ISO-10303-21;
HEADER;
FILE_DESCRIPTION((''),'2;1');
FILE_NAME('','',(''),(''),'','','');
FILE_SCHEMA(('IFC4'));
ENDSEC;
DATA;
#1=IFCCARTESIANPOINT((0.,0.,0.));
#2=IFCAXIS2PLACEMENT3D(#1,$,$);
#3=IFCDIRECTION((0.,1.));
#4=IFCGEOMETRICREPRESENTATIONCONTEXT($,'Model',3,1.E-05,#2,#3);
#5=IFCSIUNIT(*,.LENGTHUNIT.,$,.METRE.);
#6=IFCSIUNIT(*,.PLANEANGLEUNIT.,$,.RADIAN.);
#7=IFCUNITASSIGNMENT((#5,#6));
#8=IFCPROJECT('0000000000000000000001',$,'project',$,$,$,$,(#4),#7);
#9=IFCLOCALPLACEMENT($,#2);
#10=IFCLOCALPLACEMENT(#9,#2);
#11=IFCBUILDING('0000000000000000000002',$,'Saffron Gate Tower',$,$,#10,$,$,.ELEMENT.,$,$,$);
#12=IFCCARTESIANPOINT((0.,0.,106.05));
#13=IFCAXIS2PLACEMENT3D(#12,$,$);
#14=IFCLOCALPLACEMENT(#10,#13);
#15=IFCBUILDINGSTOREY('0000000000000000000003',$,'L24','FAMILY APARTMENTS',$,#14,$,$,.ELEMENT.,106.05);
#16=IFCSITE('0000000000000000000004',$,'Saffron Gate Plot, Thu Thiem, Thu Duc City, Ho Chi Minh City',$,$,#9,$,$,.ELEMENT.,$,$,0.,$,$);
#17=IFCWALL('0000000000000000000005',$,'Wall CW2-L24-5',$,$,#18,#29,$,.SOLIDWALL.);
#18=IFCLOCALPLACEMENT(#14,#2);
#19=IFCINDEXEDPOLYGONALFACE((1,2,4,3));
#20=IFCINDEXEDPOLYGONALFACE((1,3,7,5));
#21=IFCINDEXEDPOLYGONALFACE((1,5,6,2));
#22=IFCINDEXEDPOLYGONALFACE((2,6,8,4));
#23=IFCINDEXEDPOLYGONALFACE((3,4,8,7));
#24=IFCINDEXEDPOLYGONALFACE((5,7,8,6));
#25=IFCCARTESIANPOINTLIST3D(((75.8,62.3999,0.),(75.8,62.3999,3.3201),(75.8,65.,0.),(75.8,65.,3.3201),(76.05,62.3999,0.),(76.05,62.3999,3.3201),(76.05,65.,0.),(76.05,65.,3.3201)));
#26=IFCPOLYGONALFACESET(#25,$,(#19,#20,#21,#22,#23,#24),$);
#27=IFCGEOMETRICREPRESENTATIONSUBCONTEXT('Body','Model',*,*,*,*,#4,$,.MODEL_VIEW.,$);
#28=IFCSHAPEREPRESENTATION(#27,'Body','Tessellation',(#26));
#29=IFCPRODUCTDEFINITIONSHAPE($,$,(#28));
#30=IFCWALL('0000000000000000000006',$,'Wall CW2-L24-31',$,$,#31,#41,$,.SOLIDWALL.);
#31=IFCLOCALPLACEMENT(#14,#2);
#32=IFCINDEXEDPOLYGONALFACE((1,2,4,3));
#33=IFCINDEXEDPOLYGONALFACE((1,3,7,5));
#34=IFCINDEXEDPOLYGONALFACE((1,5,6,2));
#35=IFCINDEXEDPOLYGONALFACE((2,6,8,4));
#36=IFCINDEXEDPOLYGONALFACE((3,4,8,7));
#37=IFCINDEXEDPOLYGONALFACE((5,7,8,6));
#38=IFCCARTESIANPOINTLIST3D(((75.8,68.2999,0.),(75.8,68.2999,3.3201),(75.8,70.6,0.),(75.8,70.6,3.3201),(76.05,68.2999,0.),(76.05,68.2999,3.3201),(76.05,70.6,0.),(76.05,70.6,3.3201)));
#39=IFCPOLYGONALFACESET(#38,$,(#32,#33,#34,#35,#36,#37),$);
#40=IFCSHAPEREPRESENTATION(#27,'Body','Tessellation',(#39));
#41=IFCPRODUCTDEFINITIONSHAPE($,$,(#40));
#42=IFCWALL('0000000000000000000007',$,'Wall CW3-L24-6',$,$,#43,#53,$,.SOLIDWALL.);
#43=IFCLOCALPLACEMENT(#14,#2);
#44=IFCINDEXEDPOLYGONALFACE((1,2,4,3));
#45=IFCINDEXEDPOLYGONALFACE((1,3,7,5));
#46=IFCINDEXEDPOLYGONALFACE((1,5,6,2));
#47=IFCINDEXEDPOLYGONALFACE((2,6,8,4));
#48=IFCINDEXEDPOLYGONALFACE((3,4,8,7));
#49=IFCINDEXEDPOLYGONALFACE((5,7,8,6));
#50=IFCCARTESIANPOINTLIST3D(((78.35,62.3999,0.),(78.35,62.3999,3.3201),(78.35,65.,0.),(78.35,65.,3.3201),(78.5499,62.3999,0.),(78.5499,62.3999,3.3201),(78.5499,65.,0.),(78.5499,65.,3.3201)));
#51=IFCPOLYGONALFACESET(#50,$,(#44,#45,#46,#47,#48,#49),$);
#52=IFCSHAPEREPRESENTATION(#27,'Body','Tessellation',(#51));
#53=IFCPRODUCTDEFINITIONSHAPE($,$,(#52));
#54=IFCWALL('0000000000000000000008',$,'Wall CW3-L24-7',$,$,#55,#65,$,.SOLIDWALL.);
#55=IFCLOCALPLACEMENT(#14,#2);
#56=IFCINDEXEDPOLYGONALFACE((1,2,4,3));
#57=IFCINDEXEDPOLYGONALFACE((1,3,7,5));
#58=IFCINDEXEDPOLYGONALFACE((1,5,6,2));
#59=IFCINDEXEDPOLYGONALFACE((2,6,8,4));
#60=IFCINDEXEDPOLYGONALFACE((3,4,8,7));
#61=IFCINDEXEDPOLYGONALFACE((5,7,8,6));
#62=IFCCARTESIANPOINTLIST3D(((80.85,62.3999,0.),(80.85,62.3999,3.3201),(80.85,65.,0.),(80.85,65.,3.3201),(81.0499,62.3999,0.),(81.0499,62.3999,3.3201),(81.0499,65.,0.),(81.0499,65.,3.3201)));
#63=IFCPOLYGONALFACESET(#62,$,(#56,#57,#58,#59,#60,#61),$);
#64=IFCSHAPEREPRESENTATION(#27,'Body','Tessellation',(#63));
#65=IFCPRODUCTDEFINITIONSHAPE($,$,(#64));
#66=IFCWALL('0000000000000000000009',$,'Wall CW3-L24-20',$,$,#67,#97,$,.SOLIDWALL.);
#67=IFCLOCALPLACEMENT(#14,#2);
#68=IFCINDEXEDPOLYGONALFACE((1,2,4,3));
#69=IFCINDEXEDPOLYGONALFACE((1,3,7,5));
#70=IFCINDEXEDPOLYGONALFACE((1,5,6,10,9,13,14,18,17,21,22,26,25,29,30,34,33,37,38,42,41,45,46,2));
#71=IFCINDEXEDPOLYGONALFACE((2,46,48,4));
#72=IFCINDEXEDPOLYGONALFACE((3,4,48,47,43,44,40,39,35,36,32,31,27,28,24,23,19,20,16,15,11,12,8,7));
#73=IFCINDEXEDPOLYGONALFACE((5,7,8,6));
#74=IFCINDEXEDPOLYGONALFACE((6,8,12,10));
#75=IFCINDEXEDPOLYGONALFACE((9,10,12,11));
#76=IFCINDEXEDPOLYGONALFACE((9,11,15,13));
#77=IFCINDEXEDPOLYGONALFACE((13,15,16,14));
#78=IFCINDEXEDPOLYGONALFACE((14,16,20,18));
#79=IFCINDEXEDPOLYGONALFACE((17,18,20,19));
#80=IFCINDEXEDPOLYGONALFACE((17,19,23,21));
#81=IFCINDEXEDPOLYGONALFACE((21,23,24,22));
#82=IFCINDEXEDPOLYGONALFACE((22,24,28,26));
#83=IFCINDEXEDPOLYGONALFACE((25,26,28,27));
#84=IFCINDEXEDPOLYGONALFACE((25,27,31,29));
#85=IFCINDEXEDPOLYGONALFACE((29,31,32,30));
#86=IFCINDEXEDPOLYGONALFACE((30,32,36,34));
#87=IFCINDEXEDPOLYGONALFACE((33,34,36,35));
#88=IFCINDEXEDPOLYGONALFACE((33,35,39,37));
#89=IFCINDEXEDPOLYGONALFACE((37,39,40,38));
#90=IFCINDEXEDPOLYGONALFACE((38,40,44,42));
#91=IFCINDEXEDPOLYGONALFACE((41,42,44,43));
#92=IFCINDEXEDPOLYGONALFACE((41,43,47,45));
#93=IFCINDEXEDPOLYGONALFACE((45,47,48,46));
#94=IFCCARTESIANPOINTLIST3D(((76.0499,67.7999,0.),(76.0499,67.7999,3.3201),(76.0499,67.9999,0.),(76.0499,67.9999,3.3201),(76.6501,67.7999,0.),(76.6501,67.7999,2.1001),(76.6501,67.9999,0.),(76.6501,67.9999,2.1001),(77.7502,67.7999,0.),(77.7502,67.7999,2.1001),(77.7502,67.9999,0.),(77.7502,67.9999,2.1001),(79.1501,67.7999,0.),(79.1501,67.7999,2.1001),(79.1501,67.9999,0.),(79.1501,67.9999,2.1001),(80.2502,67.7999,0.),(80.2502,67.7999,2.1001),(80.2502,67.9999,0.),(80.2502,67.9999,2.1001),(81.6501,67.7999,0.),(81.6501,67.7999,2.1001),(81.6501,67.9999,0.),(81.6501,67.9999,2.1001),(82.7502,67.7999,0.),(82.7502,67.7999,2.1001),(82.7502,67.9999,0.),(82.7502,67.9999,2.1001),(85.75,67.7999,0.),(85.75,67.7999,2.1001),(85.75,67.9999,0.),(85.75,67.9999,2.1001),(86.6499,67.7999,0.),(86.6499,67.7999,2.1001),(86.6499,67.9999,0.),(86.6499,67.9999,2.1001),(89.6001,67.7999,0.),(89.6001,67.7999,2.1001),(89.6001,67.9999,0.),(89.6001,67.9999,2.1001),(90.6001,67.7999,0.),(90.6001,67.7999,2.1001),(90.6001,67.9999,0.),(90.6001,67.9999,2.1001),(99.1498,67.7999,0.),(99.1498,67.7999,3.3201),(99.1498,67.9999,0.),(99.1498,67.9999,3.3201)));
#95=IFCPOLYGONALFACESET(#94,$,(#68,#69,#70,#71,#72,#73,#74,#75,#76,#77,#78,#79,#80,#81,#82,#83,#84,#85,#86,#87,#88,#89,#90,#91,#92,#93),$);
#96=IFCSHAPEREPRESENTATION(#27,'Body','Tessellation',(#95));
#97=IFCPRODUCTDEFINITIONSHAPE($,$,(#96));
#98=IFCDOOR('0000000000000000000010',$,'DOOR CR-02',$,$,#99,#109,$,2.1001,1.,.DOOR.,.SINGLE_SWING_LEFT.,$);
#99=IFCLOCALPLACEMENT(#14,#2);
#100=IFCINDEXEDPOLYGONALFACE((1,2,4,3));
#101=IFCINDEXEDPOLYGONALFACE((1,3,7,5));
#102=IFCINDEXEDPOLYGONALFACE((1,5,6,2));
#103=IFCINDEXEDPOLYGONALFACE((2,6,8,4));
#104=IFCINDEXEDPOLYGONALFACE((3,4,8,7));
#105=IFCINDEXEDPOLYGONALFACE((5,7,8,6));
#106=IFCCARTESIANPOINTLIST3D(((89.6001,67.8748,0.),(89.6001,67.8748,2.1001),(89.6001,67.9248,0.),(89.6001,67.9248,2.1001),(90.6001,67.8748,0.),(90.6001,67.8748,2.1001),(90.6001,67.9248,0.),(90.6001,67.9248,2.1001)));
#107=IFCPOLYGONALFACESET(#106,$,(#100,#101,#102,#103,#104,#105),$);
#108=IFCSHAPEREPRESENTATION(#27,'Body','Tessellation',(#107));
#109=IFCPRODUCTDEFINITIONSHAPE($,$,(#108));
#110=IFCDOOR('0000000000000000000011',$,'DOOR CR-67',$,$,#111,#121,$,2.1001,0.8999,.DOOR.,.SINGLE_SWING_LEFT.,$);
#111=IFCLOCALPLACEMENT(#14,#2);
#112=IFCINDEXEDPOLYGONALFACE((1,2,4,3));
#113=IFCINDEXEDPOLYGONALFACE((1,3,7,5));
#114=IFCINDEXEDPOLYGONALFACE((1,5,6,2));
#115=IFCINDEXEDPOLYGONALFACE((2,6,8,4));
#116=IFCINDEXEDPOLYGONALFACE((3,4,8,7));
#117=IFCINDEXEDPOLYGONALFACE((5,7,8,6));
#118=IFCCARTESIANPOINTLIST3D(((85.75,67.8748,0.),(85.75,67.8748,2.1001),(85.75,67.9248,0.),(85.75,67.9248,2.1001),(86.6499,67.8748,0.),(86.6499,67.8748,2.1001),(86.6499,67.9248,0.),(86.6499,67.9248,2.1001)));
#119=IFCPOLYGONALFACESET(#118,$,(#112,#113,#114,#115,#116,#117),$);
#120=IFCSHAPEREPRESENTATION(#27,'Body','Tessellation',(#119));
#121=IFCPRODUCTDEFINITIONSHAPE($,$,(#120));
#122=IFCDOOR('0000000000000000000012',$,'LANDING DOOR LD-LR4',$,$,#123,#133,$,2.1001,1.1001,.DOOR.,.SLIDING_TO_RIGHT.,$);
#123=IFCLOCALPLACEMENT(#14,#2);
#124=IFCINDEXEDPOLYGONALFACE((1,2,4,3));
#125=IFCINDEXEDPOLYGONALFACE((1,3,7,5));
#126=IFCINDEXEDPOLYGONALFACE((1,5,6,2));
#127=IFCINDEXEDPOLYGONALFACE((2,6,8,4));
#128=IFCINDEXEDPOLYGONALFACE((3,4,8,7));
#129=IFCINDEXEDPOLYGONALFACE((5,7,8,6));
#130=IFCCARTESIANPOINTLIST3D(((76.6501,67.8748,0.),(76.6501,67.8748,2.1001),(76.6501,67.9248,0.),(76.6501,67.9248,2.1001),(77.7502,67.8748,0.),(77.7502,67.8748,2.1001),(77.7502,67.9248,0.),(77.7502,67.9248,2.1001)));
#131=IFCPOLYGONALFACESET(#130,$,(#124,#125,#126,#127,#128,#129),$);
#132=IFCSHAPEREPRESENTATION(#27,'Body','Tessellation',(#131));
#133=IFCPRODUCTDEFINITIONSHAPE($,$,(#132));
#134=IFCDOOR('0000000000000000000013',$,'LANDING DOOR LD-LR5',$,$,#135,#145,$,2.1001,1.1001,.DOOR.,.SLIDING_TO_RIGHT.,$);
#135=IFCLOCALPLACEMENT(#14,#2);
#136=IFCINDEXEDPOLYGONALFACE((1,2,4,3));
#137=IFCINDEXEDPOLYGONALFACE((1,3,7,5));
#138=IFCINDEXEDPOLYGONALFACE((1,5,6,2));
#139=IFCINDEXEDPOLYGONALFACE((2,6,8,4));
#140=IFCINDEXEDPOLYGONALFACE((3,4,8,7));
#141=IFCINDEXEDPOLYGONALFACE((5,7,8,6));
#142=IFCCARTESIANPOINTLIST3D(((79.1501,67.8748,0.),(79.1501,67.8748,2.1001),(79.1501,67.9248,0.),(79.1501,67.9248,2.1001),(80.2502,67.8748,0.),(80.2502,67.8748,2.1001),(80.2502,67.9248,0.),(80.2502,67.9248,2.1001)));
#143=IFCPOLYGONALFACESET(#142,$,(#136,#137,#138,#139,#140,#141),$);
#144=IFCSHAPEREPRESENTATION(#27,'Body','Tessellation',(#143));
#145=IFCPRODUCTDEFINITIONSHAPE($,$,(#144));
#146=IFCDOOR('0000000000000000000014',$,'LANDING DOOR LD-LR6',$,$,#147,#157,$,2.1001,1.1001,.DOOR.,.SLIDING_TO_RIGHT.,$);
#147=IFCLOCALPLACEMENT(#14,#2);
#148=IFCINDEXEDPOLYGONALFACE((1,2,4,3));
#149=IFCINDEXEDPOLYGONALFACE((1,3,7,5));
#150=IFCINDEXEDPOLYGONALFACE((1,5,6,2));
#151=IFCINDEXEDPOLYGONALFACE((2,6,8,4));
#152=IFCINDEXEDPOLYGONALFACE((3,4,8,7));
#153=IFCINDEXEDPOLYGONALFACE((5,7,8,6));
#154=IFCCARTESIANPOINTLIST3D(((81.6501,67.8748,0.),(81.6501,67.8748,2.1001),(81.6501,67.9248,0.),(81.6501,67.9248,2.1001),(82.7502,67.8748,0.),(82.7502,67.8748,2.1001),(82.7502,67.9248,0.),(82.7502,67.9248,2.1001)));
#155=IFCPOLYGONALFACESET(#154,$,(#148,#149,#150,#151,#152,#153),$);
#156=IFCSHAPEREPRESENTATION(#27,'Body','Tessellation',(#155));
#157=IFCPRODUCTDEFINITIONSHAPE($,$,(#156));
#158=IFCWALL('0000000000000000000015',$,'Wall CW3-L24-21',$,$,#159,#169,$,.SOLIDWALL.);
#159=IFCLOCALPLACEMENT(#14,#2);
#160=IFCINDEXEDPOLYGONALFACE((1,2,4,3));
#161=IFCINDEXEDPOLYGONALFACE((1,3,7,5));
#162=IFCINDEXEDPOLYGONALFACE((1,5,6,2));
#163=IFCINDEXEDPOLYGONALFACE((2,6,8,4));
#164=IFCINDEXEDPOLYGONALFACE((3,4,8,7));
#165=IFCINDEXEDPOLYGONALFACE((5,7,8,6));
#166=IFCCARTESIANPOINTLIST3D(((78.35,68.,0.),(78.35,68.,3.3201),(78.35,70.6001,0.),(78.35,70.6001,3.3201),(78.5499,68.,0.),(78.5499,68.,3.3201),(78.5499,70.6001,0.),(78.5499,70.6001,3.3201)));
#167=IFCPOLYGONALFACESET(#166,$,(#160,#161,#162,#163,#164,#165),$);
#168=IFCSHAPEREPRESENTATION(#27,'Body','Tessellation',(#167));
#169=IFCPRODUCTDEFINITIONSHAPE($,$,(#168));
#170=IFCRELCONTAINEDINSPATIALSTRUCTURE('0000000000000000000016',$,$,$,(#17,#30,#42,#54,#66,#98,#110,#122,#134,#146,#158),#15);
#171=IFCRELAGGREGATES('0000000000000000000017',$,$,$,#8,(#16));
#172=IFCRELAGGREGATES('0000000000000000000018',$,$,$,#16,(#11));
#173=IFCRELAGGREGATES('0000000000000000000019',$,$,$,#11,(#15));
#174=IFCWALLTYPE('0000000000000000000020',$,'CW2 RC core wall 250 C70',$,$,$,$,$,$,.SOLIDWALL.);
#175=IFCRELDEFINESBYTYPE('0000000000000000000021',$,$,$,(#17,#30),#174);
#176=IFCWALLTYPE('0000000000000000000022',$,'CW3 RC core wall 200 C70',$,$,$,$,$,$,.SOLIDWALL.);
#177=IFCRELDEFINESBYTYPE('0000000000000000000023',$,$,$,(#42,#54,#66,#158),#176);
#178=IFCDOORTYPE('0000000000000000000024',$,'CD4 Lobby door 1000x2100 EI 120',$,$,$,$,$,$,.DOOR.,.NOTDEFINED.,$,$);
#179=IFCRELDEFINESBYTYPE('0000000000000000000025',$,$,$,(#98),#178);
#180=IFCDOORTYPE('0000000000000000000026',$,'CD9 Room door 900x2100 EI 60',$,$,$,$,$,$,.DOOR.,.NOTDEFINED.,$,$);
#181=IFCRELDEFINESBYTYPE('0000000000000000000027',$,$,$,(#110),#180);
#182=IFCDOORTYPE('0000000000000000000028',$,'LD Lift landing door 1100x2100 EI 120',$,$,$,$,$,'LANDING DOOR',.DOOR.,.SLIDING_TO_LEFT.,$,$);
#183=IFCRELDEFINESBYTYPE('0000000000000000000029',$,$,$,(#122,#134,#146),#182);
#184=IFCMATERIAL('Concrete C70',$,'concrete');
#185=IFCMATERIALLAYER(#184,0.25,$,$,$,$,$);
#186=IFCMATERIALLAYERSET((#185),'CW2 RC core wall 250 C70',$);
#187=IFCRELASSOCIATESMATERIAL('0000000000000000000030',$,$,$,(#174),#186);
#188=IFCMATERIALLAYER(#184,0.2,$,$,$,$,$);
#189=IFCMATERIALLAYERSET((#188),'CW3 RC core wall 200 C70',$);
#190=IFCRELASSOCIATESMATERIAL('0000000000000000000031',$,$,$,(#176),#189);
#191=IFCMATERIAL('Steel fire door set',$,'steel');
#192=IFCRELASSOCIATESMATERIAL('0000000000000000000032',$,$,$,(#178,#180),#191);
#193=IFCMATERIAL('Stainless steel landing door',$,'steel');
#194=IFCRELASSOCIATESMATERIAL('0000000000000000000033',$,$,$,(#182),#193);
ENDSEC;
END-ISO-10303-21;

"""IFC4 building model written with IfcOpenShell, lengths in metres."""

from ifc_helpers import new_model, si_unit, direction, frame, frame_2d, origin, place, context, subcontext, project, spatial, rectangle, extrude, material, layer, layer_set, type_object, element, fill, save


model = new_model("IFC4")

# Units and contexts
model_context = context("Model", 3, precision=1e-05, world=origin(), true_north=direction((0.0, 1.0)))
body_context = subcontext(model_context, "Body", "Model", "MODEL_VIEW")
ifc_project = project(units=[si_unit("LENGTHUNIT", "METRE"), si_unit("PLANEANGLEUNIT", "RADIAN")], contexts=[model_context])

# Site, building, storey
site_placement = place(None, origin())
site = spatial("IfcSite", under=ifc_project, at=site_placement, Name="Saffron Gate Plot, Thu Thiem, Thu Duc City, Ho Chi Minh City", CompositionType="ELEMENT", RefElevation=0.0)
building_placement = place(site_placement, origin())
building = spatial("IfcBuilding", under=site, at=building_placement, Name="Saffron Gate Tower", CompositionType="ELEMENT")
storey_placement = place(building_placement, frame((0.0, 0.0, 106.05)))
storey = spatial("IfcBuildingStorey", under=building, at=storey_placement, Name="L24", Description="FAMILY APARTMENTS", CompositionType="ELEMENT", Elevation=106.05)

# Walls
ifc_material_1 = material(Name="Concrete C70", Category="concrete")
ifc_layer_1 = layer(ifc_material_1, 0.25)
ifc_layer_set_1 = layer_set([ifc_layer_1], Name="CW2 RC core wall 250 C70")
wall_type_1 = type_object("IfcWallType", Name="CW2 RC core wall 250 C70", PredefinedType="SOLIDWALL", material=ifc_layer_set_1)
wall_1_placement = place(storey_placement, frame((75.925, 62.3999, 0.0), z_axis=(0.0, 0.0, 1.0), x_axis=(0.0, 1.0, 0.0)))
element("IfcWall", 1, at=wall_1_placement, inside=storey, type_object=wall_type_1, Name="Wall CW2-L24-5", PredefinedType="SOLIDWALL", context=body_context, shape_type="SweptSolid", body=[
    extrude(rectangle(XDim=2.6001, YDim=0.25, at=frame_2d((1.3, 0.0))), origin(), (0.0, 0.0, 1.0), 3.3201),
])
wall_2_placement = place(storey_placement, frame((75.925, 68.3, 0.0), z_axis=(0.0, 0.0, 1.0), x_axis=(0.0, 1.0, 0.0)))
element("IfcWall", 2, at=wall_2_placement, inside=storey, type_object=wall_type_1, Name="Wall CW2-L24-31", PredefinedType="SOLIDWALL", context=body_context, shape_type="SweptSolid", body=[
    extrude(rectangle(XDim=2.3, YDim=0.25, at=frame_2d((1.1499, 0.0))), origin(), (0.0, 0.0, 1.0), 3.3201),
])
ifc_layer_2 = layer(ifc_material_1, 0.2)
ifc_layer_set_2 = layer_set([ifc_layer_2], Name="CW3 RC core wall 200 C70")
wall_type_2 = type_object("IfcWallType", Name="CW3 RC core wall 200 C70", PredefinedType="SOLIDWALL", material=ifc_layer_set_2)
for number, where, z_axis, x_axis, name in (
    (3, (78.45, 62.3999, 0.0), (0.0, 0.0, 1.0), (0.0, 1.0, 0.0), "Wall CW3-L24-6"),
    (4, (80.95, 62.3999, 0.0), (0.0, 0.0, 1.0), (0.0, 1.0, 0.0), "Wall CW3-L24-7"),
):
    element("IfcWall", number, at=place(storey_placement, frame(where, z_axis=z_axis, x_axis=x_axis)), inside=storey, type_object=wall_type_2, Name=name, PredefinedType="SOLIDWALL", context=body_context, shape_type="SweptSolid", body=[
        extrude(rectangle(XDim=2.6001, YDim=0.2, at=frame_2d((1.3, 0.0))), origin(), (0.0, 0.0, 1.0), 3.3201),
    ])

# Wall, openings, doors
wall_3_placement = place(storey_placement, frame((76.05, 67.8999, 0.0), z_axis=(0.0, 0.0, 1.0), x_axis=(1.0, 0.0, 0.0)))
wall_3 = element("IfcWall", 5, at=wall_3_placement, inside=storey, type_object=wall_type_2, Name="Wall CW3-L24-20", PredefinedType="SOLIDWALL", context=body_context, shape_type="SweptSolid", body=[
    extrude(rectangle(XDim=23.0999, YDim=0.2, at=frame_2d((11.5498, 0.0))), origin(), (0.0, 0.0, 1.0), 3.3201),
])
opening_1_placement = place(wall_3_placement, frame((0.6001, 0.0, 0.0)))
opening_1 = element("IfcOpeningElement", 6, at=opening_1_placement, cuts=wall_3, PredefinedType="OPENING", context=body_context, shape_type="SweptSolid", body=[
    extrude(rectangle(XDim=1.1001, YDim=2.1001, at=frame_2d((0.55, 1.05))), frame((0.0, 0.1099, 0.0), z_axis=(0.0, -1.0, 0.0), x_axis=(1.0, 0.0, 0.0)), (0.0, 0.0, 1.0), 0.22),
])
opening_2_placement = place(wall_3_placement, frame((3.1001, 0.0, 0.0)))
opening_2 = element("IfcOpeningElement", 7, at=opening_2_placement, cuts=wall_3, PredefinedType="OPENING", context=body_context, shape_type="SweptSolid", body=[
    extrude(rectangle(XDim=1.1001, YDim=2.1001, at=frame_2d((0.55, 1.05))), frame((0.0, 0.1099, 0.0), z_axis=(0.0, -1.0, 0.0), x_axis=(1.0, 0.0, 0.0)), (0.0, 0.0, 1.0), 0.22),
])
opening_3_placement = place(wall_3_placement, frame((5.6001, 0.0, 0.0)))
opening_3 = element("IfcOpeningElement", 8, at=opening_3_placement, cuts=wall_3, PredefinedType="OPENING", context=body_context, shape_type="SweptSolid", body=[
    extrude(rectangle(XDim=1.1001, YDim=2.1001, at=frame_2d((0.55, 1.05))), frame((0.0, 0.1099, 0.0), z_axis=(0.0, -1.0, 0.0), x_axis=(1.0, 0.0, 0.0)), (0.0, 0.0, 1.0), 0.22),
])
opening_4_placement = place(wall_3_placement, frame((9.7, 0.0, 0.0)))
opening_4 = element("IfcOpeningElement", 9, at=opening_4_placement, cuts=wall_3, PredefinedType="OPENING", context=body_context, shape_type="SweptSolid", body=[
    extrude(rectangle(XDim=0.8999, YDim=2.1001, at=frame_2d((0.45, 1.05))), frame((0.0, 0.1099, 0.0), z_axis=(0.0, -1.0, 0.0), x_axis=(1.0, 0.0, 0.0)), (0.0, 0.0, 1.0), 0.22),
])
opening_5_placement = place(wall_3_placement, frame((13.55, 0.0, 0.0)))
opening_5 = element("IfcOpeningElement", 10, at=opening_5_placement, cuts=wall_3, PredefinedType="OPENING", context=body_context, shape_type="SweptSolid", body=[
    extrude(rectangle(XDim=1.0, YDim=2.1001, at=frame_2d((0.5, 1.05))), frame((0.0, 0.1099, 0.0), z_axis=(0.0, -1.0, 0.0), x_axis=(1.0, 0.0, 0.0)), (0.0, 0.0, 1.0), 0.22),
])
ifc_material_2 = material(Name="Steel fire door set", Category="steel")
door_type_1 = type_object("IfcDoorType", Name="CD4 Lobby door 1000x2100 EI 120", OperationType="NOTDEFINED", PredefinedType="DOOR", material=ifc_material_2)
door_1_placement = place(opening_5_placement, origin())
door_1 = element("IfcDoor", 11, at=door_1_placement, inside=storey, type_object=door_type_1, Name="DOOR CR-02", OperationType="SINGLE_SWING_LEFT", OverallHeight=2.1001, OverallWidth=1.0, PredefinedType="DOOR", context=body_context, shape_type="SweptSolid", body=[
    extrude(rectangle(XDim=1.0, YDim=2.1001, at=frame_2d((0.5, 1.05))), frame((0.0, 0.0249, 0.0), z_axis=(0.0, -1.0, 0.0), x_axis=(1.0, 0.0, 0.0)), (0.0, 0.0, 1.0), 0.05),
])
fill(opening_5, door_1)
door_type_2 = type_object("IfcDoorType", Name="CD9 Room door 900x2100 EI 60", OperationType="NOTDEFINED", PredefinedType="DOOR", material=ifc_material_2)
door_2_placement = place(opening_4_placement, origin())
door_2 = element("IfcDoor", 12, at=door_2_placement, inside=storey, type_object=door_type_2, Name="DOOR CR-67", OperationType="SINGLE_SWING_LEFT", OverallHeight=2.1001, OverallWidth=0.8999, PredefinedType="DOOR", context=body_context, shape_type="SweptSolid", body=[
    extrude(rectangle(XDim=0.8999, YDim=2.1001, at=frame_2d((0.45, 1.05))), frame((0.0, 0.0249, 0.0), z_axis=(0.0, -1.0, 0.0), x_axis=(1.0, 0.0, 0.0)), (0.0, 0.0, 1.0), 0.05),
])
fill(opening_4, door_2)
ifc_material_3 = material(Name="Stainless steel landing door", Category="steel")
door_type_3 = type_object("IfcDoorType", Name="LD Lift landing door 1100x2100 EI 120", ElementType="LANDING DOOR", OperationType="SLIDING_TO_LEFT", PredefinedType="DOOR", material=ifc_material_3)
door_3_placement = place(opening_1_placement, origin())
door_3 = element("IfcDoor", 13, at=door_3_placement, inside=storey, type_object=door_type_3, Name="LANDING DOOR LD-LR4", OperationType="SLIDING_TO_RIGHT", OverallHeight=2.1001, OverallWidth=1.1001, PredefinedType="DOOR", context=body_context, shape_type="SweptSolid", body=[
    extrude(rectangle(XDim=1.1001, YDim=2.1001, at=frame_2d((0.55, 1.05))), frame((0.0, 0.0249, 0.0), z_axis=(0.0, -1.0, 0.0), x_axis=(1.0, 0.0, 0.0)), (0.0, 0.0, 1.0), 0.05),
])
fill(opening_1, door_3)
door_4_placement = place(opening_2_placement, origin())
door_4 = element("IfcDoor", 14, at=door_4_placement, inside=storey, type_object=door_type_3, Name="LANDING DOOR LD-LR5", OperationType="SLIDING_TO_RIGHT", OverallHeight=2.1001, OverallWidth=1.1001, PredefinedType="DOOR", context=body_context, shape_type="SweptSolid", body=[
    extrude(rectangle(XDim=1.1001, YDim=2.1001, at=frame_2d((0.55, 1.05))), frame((0.0, 0.0249, 0.0), z_axis=(0.0, -1.0, 0.0), x_axis=(1.0, 0.0, 0.0)), (0.0, 0.0, 1.0), 0.05),
])
fill(opening_2, door_4)
door_5_placement = place(opening_3_placement, origin())
door_5 = element("IfcDoor", 15, at=door_5_placement, inside=storey, type_object=door_type_3, Name="LANDING DOOR LD-LR6", OperationType="SLIDING_TO_RIGHT", OverallHeight=2.1001, OverallWidth=1.1001, PredefinedType="DOOR", context=body_context, shape_type="SweptSolid", body=[
    extrude(rectangle(XDim=1.1001, YDim=2.1001, at=frame_2d((0.55, 1.05))), frame((0.0, 0.0249, 0.0), z_axis=(0.0, -1.0, 0.0), x_axis=(1.0, 0.0, 0.0)), (0.0, 0.0, 1.0), 0.05),
])
fill(opening_3, door_5)

# Wall
for number, where, z_axis, x_axis, name in (
    (16, (78.45, 68.0, 0.0), (0.0, 0.0, 1.0), (0.0, 1.0, 0.0), "Wall CW3-L24-21"),
):
    element("IfcWall", number, at=place(storey_placement, frame(where, z_axis=z_axis, x_axis=x_axis)), inside=storey, type_object=wall_type_2, Name=name, PredefinedType="SOLIDWALL", context=body_context, shape_type="SweptSolid", body=[
        extrude(rectangle(XDim=2.6001, YDim=0.2, at=frame_2d((1.3, 0.0))), origin(), (0.0, 0.0, 1.0), 3.3201),
    ])

save(model, "model.ifc")
